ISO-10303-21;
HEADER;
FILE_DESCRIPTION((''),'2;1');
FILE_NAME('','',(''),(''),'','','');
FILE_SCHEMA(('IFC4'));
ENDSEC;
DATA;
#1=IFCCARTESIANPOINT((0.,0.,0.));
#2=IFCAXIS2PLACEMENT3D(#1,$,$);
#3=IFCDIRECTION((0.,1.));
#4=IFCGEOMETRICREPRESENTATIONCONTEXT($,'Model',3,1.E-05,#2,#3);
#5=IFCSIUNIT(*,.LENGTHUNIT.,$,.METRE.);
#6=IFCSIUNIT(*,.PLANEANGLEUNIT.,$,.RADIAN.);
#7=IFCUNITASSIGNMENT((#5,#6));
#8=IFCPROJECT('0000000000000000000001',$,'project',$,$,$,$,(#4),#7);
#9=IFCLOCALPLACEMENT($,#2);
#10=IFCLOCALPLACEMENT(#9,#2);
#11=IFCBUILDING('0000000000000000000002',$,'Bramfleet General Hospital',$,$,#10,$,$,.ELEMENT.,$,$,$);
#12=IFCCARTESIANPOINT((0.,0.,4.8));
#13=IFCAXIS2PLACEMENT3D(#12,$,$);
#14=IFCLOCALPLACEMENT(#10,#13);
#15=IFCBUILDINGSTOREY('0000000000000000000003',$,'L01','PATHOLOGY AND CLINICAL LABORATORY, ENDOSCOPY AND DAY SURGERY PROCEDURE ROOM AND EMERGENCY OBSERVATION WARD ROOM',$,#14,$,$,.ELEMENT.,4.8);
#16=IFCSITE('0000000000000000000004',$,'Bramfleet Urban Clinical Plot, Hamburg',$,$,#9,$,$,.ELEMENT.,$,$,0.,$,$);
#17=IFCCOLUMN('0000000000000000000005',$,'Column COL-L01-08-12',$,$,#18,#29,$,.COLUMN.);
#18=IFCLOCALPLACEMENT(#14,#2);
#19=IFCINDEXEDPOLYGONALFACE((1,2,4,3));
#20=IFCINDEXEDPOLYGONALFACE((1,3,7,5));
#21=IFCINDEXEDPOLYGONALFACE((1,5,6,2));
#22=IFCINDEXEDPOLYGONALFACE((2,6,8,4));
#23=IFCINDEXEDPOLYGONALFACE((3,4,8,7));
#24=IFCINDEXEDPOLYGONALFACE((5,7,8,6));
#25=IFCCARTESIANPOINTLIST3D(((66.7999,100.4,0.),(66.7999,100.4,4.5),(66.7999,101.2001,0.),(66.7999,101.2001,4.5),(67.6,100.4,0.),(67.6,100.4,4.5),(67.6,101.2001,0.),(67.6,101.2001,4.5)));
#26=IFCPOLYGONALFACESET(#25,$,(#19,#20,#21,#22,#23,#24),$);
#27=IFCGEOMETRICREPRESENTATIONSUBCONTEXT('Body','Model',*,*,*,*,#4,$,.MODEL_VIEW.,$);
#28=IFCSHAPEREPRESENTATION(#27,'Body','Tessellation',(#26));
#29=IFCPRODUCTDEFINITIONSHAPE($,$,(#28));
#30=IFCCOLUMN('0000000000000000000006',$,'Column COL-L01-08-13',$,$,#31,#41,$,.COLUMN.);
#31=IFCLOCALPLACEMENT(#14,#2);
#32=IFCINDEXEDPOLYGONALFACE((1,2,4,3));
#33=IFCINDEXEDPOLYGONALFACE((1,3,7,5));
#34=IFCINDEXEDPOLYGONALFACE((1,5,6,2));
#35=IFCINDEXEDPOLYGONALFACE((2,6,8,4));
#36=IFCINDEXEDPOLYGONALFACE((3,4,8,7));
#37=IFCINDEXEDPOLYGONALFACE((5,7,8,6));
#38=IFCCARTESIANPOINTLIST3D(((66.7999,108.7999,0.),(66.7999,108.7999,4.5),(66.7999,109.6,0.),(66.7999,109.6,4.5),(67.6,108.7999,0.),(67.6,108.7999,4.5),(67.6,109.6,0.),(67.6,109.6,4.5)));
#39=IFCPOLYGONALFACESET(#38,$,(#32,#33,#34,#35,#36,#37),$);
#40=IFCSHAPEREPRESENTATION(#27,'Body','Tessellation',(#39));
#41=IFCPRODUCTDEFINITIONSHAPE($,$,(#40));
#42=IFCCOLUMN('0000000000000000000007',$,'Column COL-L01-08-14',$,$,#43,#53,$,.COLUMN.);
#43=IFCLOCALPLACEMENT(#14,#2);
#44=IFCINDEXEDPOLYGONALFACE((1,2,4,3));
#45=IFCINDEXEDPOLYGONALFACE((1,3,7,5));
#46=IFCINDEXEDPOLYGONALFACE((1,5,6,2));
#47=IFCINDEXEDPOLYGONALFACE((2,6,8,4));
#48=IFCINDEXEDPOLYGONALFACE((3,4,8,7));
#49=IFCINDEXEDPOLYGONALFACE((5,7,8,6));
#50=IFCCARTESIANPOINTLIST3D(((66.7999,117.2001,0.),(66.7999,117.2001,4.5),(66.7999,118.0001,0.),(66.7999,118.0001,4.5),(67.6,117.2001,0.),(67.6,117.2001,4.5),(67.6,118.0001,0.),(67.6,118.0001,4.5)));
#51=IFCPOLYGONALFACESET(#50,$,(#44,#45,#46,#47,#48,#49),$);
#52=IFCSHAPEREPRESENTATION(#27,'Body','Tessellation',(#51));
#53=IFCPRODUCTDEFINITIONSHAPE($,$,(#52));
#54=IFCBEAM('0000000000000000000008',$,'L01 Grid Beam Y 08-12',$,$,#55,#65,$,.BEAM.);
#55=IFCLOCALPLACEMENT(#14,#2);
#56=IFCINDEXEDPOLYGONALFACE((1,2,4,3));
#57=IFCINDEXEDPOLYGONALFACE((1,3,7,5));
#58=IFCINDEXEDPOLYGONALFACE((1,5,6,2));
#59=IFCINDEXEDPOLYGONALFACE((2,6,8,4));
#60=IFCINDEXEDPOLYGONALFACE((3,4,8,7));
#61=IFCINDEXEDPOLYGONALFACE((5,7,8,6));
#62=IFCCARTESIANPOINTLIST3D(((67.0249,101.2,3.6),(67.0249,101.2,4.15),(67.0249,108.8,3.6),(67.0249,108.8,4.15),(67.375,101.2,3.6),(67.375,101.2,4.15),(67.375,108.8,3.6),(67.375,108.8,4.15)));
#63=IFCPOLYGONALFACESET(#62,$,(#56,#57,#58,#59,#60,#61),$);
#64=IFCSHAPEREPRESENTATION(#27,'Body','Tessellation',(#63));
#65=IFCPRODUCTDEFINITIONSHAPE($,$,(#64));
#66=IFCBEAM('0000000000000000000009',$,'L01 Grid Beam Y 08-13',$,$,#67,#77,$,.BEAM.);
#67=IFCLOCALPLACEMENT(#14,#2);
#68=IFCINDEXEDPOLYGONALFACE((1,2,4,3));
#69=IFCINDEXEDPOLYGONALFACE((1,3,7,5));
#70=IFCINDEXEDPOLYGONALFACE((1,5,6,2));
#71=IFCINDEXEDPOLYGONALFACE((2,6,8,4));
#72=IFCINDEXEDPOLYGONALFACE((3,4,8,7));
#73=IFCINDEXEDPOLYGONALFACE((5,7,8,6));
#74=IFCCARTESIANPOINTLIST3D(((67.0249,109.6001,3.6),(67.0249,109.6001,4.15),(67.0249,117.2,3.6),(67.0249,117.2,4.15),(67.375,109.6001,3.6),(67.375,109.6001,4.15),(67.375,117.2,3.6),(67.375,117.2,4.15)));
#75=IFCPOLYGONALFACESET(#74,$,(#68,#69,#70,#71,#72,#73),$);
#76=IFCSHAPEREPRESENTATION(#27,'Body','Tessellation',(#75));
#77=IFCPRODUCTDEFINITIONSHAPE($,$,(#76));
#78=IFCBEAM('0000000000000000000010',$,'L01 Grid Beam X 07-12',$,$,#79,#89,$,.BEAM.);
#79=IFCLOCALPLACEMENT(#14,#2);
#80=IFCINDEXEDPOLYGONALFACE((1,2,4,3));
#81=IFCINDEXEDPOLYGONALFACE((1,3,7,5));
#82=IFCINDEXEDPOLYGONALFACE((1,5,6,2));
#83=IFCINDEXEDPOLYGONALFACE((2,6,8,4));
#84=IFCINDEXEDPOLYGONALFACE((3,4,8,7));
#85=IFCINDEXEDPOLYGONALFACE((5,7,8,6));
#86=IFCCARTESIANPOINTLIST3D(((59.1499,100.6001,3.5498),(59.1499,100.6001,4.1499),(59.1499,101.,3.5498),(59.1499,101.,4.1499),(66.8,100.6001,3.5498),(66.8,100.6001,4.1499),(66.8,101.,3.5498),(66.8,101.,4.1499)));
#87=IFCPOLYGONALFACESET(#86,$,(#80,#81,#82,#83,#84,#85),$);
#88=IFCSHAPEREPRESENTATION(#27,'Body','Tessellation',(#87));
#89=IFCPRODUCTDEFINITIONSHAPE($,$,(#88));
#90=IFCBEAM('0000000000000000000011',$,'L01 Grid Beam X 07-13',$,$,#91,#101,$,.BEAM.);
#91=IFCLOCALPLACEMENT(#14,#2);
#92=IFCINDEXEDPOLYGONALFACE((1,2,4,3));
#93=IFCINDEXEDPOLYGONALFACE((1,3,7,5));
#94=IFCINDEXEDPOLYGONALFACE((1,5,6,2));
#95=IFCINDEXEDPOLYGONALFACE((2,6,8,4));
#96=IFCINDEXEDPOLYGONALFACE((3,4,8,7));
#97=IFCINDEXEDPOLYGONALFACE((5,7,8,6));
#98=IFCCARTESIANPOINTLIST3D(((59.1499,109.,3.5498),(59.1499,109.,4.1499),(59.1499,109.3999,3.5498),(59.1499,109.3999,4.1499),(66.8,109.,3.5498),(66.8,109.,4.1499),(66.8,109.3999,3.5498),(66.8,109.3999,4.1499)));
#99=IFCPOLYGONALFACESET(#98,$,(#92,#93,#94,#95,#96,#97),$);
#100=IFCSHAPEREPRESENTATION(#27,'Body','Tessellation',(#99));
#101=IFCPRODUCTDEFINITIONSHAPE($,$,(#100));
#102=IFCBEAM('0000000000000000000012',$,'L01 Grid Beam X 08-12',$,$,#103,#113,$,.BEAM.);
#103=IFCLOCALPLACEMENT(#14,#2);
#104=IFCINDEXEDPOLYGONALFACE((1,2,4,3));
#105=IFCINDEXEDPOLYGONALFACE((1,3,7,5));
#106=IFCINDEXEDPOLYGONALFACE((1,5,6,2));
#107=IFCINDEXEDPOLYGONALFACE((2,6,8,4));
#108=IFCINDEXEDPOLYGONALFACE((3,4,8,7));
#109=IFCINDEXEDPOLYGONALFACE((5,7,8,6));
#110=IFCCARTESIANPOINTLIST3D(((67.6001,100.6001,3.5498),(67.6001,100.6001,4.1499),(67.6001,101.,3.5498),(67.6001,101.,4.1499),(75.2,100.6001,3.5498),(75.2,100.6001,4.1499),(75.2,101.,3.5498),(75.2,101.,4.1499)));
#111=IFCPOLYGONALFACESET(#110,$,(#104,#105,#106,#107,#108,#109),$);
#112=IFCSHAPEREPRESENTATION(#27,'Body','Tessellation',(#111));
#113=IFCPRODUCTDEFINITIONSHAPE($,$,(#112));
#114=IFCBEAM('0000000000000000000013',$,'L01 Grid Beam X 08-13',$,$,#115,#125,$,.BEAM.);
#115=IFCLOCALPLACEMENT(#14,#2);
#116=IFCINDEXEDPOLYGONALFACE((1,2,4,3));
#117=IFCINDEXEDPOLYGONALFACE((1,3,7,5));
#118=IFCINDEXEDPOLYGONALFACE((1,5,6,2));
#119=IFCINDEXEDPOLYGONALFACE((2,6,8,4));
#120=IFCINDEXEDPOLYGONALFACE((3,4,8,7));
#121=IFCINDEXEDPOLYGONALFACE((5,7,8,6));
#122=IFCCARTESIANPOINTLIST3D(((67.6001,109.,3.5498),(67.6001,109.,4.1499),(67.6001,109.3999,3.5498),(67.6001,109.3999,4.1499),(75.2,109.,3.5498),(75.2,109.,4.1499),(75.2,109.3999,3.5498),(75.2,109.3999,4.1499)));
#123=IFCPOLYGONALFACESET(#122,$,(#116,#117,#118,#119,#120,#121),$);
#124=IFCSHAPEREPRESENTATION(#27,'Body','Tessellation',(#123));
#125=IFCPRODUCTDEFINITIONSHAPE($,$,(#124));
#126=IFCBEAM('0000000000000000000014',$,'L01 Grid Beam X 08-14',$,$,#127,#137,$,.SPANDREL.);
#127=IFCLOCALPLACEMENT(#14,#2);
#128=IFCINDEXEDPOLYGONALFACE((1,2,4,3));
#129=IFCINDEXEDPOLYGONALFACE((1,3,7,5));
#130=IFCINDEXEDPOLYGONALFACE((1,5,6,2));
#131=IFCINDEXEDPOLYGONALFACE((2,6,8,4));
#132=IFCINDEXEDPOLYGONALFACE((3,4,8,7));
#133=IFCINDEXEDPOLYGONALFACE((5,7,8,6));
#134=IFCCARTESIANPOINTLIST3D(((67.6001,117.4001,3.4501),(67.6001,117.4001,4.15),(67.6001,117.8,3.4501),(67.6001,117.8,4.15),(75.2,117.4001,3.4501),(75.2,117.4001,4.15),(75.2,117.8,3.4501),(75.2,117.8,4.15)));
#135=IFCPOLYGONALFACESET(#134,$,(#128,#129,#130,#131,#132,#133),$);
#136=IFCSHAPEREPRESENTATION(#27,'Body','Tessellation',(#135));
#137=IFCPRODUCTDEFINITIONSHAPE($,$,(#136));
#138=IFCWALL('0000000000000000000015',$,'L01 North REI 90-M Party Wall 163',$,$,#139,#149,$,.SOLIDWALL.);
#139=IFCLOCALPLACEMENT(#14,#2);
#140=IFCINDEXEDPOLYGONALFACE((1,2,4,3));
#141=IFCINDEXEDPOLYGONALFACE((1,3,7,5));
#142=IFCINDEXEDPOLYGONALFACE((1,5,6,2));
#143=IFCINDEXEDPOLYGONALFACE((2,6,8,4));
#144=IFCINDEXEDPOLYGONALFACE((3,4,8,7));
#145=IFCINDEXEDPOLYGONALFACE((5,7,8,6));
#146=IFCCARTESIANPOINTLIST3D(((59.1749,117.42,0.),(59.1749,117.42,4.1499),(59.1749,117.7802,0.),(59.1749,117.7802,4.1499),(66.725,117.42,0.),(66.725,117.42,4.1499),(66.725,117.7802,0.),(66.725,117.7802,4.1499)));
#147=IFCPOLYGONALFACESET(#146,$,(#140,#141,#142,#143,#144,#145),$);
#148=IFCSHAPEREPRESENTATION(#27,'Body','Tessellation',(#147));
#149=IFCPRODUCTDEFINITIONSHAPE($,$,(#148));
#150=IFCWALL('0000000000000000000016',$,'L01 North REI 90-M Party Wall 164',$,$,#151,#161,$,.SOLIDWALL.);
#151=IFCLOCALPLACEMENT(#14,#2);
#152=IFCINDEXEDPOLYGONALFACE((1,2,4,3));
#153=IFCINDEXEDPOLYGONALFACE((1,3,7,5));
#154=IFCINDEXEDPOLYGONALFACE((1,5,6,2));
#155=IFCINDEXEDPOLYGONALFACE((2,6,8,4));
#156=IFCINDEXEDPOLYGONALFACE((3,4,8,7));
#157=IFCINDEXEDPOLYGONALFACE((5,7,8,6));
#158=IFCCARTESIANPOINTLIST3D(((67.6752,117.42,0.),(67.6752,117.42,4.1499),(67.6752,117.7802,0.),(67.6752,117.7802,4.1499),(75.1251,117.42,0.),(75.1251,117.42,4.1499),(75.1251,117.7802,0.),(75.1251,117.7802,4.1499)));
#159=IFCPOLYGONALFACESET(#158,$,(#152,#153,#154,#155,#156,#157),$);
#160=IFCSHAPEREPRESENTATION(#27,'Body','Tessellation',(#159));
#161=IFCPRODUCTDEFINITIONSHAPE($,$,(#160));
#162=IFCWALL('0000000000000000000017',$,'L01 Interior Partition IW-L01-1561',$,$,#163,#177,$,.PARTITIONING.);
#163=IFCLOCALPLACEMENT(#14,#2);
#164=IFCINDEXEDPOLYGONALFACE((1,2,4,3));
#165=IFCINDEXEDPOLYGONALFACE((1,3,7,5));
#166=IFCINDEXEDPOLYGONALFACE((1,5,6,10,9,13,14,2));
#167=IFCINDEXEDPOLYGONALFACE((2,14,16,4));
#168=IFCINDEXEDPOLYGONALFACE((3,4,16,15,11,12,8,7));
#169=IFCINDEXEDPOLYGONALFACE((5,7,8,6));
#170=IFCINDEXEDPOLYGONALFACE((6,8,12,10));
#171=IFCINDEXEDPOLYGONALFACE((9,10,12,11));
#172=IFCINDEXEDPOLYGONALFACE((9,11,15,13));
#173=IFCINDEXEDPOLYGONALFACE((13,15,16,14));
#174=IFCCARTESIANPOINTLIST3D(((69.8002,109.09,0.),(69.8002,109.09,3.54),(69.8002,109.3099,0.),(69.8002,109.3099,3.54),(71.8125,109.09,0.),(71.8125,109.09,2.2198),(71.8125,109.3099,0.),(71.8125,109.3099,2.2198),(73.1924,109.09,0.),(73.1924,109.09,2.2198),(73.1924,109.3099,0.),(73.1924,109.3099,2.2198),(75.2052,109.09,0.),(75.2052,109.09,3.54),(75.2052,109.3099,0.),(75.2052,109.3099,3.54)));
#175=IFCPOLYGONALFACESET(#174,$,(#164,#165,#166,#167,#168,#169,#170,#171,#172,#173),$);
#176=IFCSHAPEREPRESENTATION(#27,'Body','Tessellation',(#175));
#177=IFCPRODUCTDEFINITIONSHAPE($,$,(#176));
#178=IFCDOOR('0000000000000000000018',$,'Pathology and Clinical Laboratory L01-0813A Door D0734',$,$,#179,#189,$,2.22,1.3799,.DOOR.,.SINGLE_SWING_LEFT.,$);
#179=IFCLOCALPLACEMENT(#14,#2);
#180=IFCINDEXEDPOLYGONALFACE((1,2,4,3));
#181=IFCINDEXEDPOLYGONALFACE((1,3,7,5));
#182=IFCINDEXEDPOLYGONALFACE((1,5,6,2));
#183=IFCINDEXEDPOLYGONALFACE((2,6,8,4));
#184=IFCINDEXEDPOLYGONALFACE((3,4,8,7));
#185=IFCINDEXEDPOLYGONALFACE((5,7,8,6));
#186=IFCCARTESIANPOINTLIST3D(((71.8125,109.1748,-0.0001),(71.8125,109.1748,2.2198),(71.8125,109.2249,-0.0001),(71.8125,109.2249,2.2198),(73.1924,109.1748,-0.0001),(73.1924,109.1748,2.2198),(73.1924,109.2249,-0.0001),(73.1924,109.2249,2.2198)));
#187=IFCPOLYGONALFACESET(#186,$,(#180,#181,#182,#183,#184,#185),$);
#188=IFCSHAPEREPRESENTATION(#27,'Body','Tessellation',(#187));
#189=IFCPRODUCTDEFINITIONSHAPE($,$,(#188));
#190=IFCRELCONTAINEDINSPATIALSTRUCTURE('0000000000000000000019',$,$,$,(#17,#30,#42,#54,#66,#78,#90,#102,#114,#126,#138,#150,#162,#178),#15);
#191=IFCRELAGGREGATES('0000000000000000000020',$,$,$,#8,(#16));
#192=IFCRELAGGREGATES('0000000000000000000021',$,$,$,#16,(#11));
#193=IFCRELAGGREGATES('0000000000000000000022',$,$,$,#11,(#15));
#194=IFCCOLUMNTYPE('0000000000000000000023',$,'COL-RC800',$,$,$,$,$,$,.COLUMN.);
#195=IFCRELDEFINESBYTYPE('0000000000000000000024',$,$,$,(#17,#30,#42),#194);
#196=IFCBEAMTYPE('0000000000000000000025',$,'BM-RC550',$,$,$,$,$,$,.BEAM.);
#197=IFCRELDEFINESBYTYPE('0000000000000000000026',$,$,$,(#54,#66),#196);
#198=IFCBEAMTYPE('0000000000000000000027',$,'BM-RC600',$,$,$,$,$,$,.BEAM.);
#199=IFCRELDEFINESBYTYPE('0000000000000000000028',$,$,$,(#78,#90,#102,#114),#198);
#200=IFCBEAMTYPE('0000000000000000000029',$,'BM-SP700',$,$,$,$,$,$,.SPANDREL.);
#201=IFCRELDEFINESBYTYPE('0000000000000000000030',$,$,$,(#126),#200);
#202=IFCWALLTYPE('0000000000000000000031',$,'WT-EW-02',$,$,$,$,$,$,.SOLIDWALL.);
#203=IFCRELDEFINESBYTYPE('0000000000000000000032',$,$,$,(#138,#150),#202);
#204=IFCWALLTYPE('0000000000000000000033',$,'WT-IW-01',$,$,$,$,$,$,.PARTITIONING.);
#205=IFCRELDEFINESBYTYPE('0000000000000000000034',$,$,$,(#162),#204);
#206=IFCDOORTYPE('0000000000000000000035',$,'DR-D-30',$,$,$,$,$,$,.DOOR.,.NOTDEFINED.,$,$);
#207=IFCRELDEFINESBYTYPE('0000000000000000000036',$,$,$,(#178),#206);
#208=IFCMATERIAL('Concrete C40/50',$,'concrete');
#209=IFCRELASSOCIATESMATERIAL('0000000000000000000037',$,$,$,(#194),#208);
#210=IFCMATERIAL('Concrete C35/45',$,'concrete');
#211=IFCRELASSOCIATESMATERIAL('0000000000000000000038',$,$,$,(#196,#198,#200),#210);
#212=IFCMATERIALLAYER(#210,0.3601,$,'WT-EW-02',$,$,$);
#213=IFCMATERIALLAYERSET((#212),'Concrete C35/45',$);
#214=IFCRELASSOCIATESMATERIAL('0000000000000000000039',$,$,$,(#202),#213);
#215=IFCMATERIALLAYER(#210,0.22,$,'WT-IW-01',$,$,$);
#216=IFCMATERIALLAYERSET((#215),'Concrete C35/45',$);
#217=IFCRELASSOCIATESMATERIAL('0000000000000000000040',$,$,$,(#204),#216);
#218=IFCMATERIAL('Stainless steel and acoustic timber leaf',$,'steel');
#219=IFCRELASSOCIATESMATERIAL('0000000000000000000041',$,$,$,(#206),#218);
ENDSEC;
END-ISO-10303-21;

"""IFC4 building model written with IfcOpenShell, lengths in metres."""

from ifc_helpers import new_model, si_unit, direction, frame, frame_2d, origin, origin_2d, place, context, subcontext, project, spatial, rectangle, extrude, material, layer, layer_set, material_profile, profile_set, type_object, element, fill, save


model = new_model("IFC4")

# Units and contexts
model_context = context("Model", 3, precision=1e-05, world=origin(), true_north=direction((0.0, 1.0)))
body_context = subcontext(model_context, "Body", "Model", "MODEL_VIEW")
ifc_project = project(units=[si_unit("LENGTHUNIT", "METRE"), si_unit("PLANEANGLEUNIT", "RADIAN")], contexts=[model_context])

# Site, building, storey
site_placement = place(None, origin())
site = spatial("IfcSite", under=ifc_project, at=site_placement, Name="Bramfleet Urban Clinical Plot, Hamburg", CompositionType="ELEMENT", RefElevation=0.0)
building_placement = place(site_placement, origin())
building = spatial("IfcBuilding", under=site, at=building_placement, Name="Bramfleet General Hospital", CompositionType="ELEMENT")
storey_placement = place(building_placement, frame((0.0, 0.0, 4.8)))
storey = spatial("IfcBuildingStorey", under=building, at=storey_placement, Name="L01", Description="PATHOLOGY AND CLINICAL LABORATORY, ENDOSCOPY AND DAY SURGERY PROCEDURE ROOM AND EMERGENCY OBSERVATION WARD ROOM", CompositionType="ELEMENT", Elevation=4.8)

# Columns
ifc_material_1 = material(Name="Concrete C40/50", Category="concrete")
ifc_material_profile_1 = material_profile(ifc_material_1, rectangle(XDim=0.8, YDim=0.8, at=origin_2d()), Name="RC COL 800x800")
ifc_profile_set_1 = profile_set([ifc_material_profile_1], Name="Concrete C40/50")
column_type = type_object("IfcColumnType", Name="COL-RC800", PredefinedType="COLUMN", material=ifc_profile_set_1)
for number, where, z_axis, x_axis, name in (
    (1, (67.2, 100.8, 0.0), (0.0, 0.0, 1.0), (1.0, 0.0, 0.0), "Column COL-L01-08-12"),
    (2, (67.2, 109.2, 0.0), (0.0, 0.0, 1.0), (1.0, 0.0, 0.0), "Column COL-L01-08-13"),
    (3, (67.2, 117.6001, 0.0), (0.0, 0.0, 1.0), (1.0, 0.0, 0.0), "Column COL-L01-08-14"),
):
    element("IfcColumn", number, at=place(storey_placement, frame(where, z_axis=z_axis, x_axis=x_axis)), inside=storey, type_object=column_type, Name=name, PredefinedType="COLUMN", context=body_context, shape_type="SweptSolid", body=[
        extrude(rectangle(XDim=0.8, YDim=0.8, at=origin_2d()), origin(), (0.0, 0.0, 1.0), 4.5),
    ])

# Beams
ifc_material_2 = material(Name="Concrete C35/45", Category="concrete")
ifc_material_profile_2 = material_profile(ifc_material_2, rectangle(XDim=0.3501, YDim=0.55, at=origin_2d()), Name="RC BM 550x350")
ifc_profile_set_2 = profile_set([ifc_material_profile_2], Name="Concrete C35/45")
beam_type_1 = type_object("IfcBeamType", Name="BM-RC550", PredefinedType="BEAM", material=ifc_profile_set_2)
beam_1_placement = place(storey_placement, frame((67.2, 101.2, 3.875), z_axis=(0.0, 1.0, 0.0), x_axis=(-1.0, 0.0, 0.0)))
element("IfcBeam", 4, at=beam_1_placement, inside=storey, type_object=beam_type_1, Name="L01 Grid Beam Y 08-12", PredefinedType="BEAM", context=body_context, shape_type="SweptSolid", body=[
    extrude(rectangle(XDim=0.3501, YDim=0.55, at=origin_2d()), origin(), (0.0, 0.0, 1.0), 7.6001),
])
beam_2_placement = place(storey_placement, frame((67.2, 109.6001, 3.875), z_axis=(0.0, 1.0, 0.0), x_axis=(-1.0, 0.0, 0.0)))
element("IfcBeam", 5, at=beam_2_placement, inside=storey, type_object=beam_type_1, Name="L01 Grid Beam Y 08-13", PredefinedType="BEAM", context=body_context, shape_type="SweptSolid", body=[
    extrude(rectangle(XDim=0.3501, YDim=0.55, at=origin_2d()), origin(), (0.0, 0.0, 1.0), 7.5999),
])
ifc_material_profile_3 = material_profile(ifc_material_2, rectangle(XDim=0.3999, YDim=0.6001, at=origin_2d()), Name="RC BM 600x400")
ifc_profile_set_3 = profile_set([ifc_material_profile_3], Name="Concrete C35/45")
beam_type_2 = type_object("IfcBeamType", Name="BM-RC600", PredefinedType="BEAM", material=ifc_profile_set_3)
for number, where, z_axis, x_axis, name in (
    (6, (59.1499, 100.8, 3.8499), (1.0, 0.0, 0.0), (0.0, 1.0, 0.0), "L01 Grid Beam X 07-12"),
    (7, (59.1499, 109.2, 3.8499), (1.0, 0.0, 0.0), (0.0, 1.0, 0.0), "L01 Grid Beam X 07-13"),
):
    element("IfcBeam", number, at=place(storey_placement, frame(where, z_axis=z_axis, x_axis=x_axis)), inside=storey, type_object=beam_type_2, Name=name, PredefinedType="BEAM", context=body_context, shape_type="SweptSolid", body=[
        extrude(rectangle(XDim=0.3999, YDim=0.6001, at=origin_2d()), origin(), (0.0, 0.0, 1.0), 7.6501),
    ])
for number, where, z_axis, x_axis, name in (
    (8, (67.6001, 100.8, 3.8499), (1.0, 0.0, 0.0), (0.0, 1.0, 0.0), "L01 Grid Beam X 08-12"),
    (9, (67.6001, 109.2, 3.8499), (1.0, 0.0, 0.0), (0.0, 1.0, 0.0), "L01 Grid Beam X 08-13"),
):
    element("IfcBeam", number, at=place(storey_placement, frame(where, z_axis=z_axis, x_axis=x_axis)), inside=storey, type_object=beam_type_2, Name=name, PredefinedType="BEAM", context=body_context, shape_type="SweptSolid", body=[
        extrude(rectangle(XDim=0.3999, YDim=0.6001, at=origin_2d()), origin(), (0.0, 0.0, 1.0), 7.5999),
    ])
ifc_material_profile_4 = material_profile(ifc_material_2, rectangle(XDim=0.3999, YDim=0.7, at=origin_2d()), Name="RC SP 700x400")
ifc_profile_set_4 = profile_set([ifc_material_profile_4], Name="Concrete C35/45")
beam_type_3 = type_object("IfcBeamType", Name="BM-SP700", PredefinedType="SPANDREL", material=ifc_profile_set_4)
beam_3_placement = place(storey_placement, frame((67.6001, 117.6001, 3.8), z_axis=(1.0, 0.0, 0.0), x_axis=(0.0, 1.0, 0.0)))
element("IfcBeam", 10, at=beam_3_placement, inside=storey, type_object=beam_type_3, Name="L01 Grid Beam X 08-14", PredefinedType="SPANDREL", context=body_context, shape_type="SweptSolid", body=[
    extrude(rectangle(XDim=0.3999, YDim=0.7, at=origin_2d()), origin(), (0.0, 0.0, 1.0), 7.5999),
])

# Walls
ifc_layer_1 = layer(ifc_material_2, 0.3601, Name="WT-EW-02")
ifc_layer_set_1 = layer_set([ifc_layer_1], Name="Concrete C35/45")
wall_type_1 = type_object("IfcWallType", Name="WT-EW-02", PredefinedType="SOLIDWALL", material=ifc_layer_set_1)
wall_1_placement = place(storey_placement, frame((59.175, 117.6001, 0.0), z_axis=(0.0, 0.0, 1.0), x_axis=(1.0, 0.0, 0.0)))
element("IfcWall", 11, at=wall_1_placement, inside=storey, type_object=wall_type_1, Name="L01 North REI 90-M Party Wall 163", PredefinedType="SOLIDWALL", context=body_context, shape_type="SweptSolid", body=[
    extrude(rectangle(XDim=7.55, YDim=0.3601, at=frame_2d((3.7749, 0.0))), origin(), (0.0, 0.0, 1.0), 4.1499),
])
wall_2_placement = place(storey_placement, frame((67.675, 117.6001, 0.0), z_axis=(0.0, 0.0, 1.0), x_axis=(1.0, 0.0, 0.0)))
element("IfcWall", 12, at=wall_2_placement, inside=storey, type_object=wall_type_1, Name="L01 North REI 90-M Party Wall 164", PredefinedType="SOLIDWALL", context=body_context, shape_type="SweptSolid", body=[
    extrude(rectangle(XDim=7.45, YDim=0.3601, at=frame_2d((3.7251, 0.0))), origin(), (0.0, 0.0, 1.0), 4.1499),
])

# Wall, opening, door
ifc_layer_2 = layer(ifc_material_2, 0.22, Name="WT-IW-01")
ifc_layer_set_2 = layer_set([ifc_layer_2], Name="Concrete C35/45")
wall_type_2 = type_object("IfcWallType", Name="WT-IW-01", PredefinedType="PARTITIONING", material=ifc_layer_set_2)
wall_3_placement = place(storey_placement, frame((69.8, 109.2, 0.0), z_axis=(0.0, 0.0, 1.0), x_axis=(1.0, 0.0, 0.0)))
wall_3 = element("IfcWall", 13, at=wall_3_placement, inside=storey, type_object=wall_type_2, Name="L01 Interior Partition IW-L01-1561", PredefinedType="PARTITIONING", context=body_context, shape_type="SweptSolid", body=[
    extrude(rectangle(XDim=5.405, YDim=0.22, at=frame_2d((2.7026, 0.0))), origin(), (0.0, 0.0, 1.0), 3.54),
])
opening_placement = place(wall_3_placement, frame((2.0125, 0.0, 0.0)))
opening = element("IfcOpeningElement", 14, at=opening_placement, cuts=wall_3, PredefinedType="OPENING", context=body_context, shape_type="SweptSolid", body=[
    extrude(rectangle(XDim=1.3799, YDim=2.22, at=frame_2d((0.6899, 1.1099))), frame((0.0, 0.1199, 0.0), z_axis=(0.0, -1.0, 0.0), x_axis=(1.0, 0.0, 0.0)), (0.0, 0.0, 1.0), 0.24),
])
ifc_material_3 = material(Name="Stainless steel and acoustic timber leaf", Category="steel")
door_type = type_object("IfcDoorType", Name="DR-D-30", OperationType="NOTDEFINED", PredefinedType="DOOR", material=ifc_material_3)
door_placement = place(opening_placement, origin())
door = element("IfcDoor", 15, at=door_placement, inside=storey, type_object=door_type, Name="Pathology and Clinical Laboratory L01-0813A Door D0734", OperationType="SINGLE_SWING_LEFT", OverallHeight=2.22, OverallWidth=1.3799, PredefinedType="DOOR", context=body_context, shape_type="SweptSolid", body=[
    extrude(rectangle(XDim=1.3799, YDim=2.22, at=frame_2d((0.6899, 1.1099))), frame((0.0, 0.0249, 0.0), z_axis=(0.0, -1.0, 0.0), x_axis=(1.0, 0.0, 0.0)), (0.0, 0.0, 1.0), 0.05),
])
fill(opening, door)

save(model, "model.ifc")
